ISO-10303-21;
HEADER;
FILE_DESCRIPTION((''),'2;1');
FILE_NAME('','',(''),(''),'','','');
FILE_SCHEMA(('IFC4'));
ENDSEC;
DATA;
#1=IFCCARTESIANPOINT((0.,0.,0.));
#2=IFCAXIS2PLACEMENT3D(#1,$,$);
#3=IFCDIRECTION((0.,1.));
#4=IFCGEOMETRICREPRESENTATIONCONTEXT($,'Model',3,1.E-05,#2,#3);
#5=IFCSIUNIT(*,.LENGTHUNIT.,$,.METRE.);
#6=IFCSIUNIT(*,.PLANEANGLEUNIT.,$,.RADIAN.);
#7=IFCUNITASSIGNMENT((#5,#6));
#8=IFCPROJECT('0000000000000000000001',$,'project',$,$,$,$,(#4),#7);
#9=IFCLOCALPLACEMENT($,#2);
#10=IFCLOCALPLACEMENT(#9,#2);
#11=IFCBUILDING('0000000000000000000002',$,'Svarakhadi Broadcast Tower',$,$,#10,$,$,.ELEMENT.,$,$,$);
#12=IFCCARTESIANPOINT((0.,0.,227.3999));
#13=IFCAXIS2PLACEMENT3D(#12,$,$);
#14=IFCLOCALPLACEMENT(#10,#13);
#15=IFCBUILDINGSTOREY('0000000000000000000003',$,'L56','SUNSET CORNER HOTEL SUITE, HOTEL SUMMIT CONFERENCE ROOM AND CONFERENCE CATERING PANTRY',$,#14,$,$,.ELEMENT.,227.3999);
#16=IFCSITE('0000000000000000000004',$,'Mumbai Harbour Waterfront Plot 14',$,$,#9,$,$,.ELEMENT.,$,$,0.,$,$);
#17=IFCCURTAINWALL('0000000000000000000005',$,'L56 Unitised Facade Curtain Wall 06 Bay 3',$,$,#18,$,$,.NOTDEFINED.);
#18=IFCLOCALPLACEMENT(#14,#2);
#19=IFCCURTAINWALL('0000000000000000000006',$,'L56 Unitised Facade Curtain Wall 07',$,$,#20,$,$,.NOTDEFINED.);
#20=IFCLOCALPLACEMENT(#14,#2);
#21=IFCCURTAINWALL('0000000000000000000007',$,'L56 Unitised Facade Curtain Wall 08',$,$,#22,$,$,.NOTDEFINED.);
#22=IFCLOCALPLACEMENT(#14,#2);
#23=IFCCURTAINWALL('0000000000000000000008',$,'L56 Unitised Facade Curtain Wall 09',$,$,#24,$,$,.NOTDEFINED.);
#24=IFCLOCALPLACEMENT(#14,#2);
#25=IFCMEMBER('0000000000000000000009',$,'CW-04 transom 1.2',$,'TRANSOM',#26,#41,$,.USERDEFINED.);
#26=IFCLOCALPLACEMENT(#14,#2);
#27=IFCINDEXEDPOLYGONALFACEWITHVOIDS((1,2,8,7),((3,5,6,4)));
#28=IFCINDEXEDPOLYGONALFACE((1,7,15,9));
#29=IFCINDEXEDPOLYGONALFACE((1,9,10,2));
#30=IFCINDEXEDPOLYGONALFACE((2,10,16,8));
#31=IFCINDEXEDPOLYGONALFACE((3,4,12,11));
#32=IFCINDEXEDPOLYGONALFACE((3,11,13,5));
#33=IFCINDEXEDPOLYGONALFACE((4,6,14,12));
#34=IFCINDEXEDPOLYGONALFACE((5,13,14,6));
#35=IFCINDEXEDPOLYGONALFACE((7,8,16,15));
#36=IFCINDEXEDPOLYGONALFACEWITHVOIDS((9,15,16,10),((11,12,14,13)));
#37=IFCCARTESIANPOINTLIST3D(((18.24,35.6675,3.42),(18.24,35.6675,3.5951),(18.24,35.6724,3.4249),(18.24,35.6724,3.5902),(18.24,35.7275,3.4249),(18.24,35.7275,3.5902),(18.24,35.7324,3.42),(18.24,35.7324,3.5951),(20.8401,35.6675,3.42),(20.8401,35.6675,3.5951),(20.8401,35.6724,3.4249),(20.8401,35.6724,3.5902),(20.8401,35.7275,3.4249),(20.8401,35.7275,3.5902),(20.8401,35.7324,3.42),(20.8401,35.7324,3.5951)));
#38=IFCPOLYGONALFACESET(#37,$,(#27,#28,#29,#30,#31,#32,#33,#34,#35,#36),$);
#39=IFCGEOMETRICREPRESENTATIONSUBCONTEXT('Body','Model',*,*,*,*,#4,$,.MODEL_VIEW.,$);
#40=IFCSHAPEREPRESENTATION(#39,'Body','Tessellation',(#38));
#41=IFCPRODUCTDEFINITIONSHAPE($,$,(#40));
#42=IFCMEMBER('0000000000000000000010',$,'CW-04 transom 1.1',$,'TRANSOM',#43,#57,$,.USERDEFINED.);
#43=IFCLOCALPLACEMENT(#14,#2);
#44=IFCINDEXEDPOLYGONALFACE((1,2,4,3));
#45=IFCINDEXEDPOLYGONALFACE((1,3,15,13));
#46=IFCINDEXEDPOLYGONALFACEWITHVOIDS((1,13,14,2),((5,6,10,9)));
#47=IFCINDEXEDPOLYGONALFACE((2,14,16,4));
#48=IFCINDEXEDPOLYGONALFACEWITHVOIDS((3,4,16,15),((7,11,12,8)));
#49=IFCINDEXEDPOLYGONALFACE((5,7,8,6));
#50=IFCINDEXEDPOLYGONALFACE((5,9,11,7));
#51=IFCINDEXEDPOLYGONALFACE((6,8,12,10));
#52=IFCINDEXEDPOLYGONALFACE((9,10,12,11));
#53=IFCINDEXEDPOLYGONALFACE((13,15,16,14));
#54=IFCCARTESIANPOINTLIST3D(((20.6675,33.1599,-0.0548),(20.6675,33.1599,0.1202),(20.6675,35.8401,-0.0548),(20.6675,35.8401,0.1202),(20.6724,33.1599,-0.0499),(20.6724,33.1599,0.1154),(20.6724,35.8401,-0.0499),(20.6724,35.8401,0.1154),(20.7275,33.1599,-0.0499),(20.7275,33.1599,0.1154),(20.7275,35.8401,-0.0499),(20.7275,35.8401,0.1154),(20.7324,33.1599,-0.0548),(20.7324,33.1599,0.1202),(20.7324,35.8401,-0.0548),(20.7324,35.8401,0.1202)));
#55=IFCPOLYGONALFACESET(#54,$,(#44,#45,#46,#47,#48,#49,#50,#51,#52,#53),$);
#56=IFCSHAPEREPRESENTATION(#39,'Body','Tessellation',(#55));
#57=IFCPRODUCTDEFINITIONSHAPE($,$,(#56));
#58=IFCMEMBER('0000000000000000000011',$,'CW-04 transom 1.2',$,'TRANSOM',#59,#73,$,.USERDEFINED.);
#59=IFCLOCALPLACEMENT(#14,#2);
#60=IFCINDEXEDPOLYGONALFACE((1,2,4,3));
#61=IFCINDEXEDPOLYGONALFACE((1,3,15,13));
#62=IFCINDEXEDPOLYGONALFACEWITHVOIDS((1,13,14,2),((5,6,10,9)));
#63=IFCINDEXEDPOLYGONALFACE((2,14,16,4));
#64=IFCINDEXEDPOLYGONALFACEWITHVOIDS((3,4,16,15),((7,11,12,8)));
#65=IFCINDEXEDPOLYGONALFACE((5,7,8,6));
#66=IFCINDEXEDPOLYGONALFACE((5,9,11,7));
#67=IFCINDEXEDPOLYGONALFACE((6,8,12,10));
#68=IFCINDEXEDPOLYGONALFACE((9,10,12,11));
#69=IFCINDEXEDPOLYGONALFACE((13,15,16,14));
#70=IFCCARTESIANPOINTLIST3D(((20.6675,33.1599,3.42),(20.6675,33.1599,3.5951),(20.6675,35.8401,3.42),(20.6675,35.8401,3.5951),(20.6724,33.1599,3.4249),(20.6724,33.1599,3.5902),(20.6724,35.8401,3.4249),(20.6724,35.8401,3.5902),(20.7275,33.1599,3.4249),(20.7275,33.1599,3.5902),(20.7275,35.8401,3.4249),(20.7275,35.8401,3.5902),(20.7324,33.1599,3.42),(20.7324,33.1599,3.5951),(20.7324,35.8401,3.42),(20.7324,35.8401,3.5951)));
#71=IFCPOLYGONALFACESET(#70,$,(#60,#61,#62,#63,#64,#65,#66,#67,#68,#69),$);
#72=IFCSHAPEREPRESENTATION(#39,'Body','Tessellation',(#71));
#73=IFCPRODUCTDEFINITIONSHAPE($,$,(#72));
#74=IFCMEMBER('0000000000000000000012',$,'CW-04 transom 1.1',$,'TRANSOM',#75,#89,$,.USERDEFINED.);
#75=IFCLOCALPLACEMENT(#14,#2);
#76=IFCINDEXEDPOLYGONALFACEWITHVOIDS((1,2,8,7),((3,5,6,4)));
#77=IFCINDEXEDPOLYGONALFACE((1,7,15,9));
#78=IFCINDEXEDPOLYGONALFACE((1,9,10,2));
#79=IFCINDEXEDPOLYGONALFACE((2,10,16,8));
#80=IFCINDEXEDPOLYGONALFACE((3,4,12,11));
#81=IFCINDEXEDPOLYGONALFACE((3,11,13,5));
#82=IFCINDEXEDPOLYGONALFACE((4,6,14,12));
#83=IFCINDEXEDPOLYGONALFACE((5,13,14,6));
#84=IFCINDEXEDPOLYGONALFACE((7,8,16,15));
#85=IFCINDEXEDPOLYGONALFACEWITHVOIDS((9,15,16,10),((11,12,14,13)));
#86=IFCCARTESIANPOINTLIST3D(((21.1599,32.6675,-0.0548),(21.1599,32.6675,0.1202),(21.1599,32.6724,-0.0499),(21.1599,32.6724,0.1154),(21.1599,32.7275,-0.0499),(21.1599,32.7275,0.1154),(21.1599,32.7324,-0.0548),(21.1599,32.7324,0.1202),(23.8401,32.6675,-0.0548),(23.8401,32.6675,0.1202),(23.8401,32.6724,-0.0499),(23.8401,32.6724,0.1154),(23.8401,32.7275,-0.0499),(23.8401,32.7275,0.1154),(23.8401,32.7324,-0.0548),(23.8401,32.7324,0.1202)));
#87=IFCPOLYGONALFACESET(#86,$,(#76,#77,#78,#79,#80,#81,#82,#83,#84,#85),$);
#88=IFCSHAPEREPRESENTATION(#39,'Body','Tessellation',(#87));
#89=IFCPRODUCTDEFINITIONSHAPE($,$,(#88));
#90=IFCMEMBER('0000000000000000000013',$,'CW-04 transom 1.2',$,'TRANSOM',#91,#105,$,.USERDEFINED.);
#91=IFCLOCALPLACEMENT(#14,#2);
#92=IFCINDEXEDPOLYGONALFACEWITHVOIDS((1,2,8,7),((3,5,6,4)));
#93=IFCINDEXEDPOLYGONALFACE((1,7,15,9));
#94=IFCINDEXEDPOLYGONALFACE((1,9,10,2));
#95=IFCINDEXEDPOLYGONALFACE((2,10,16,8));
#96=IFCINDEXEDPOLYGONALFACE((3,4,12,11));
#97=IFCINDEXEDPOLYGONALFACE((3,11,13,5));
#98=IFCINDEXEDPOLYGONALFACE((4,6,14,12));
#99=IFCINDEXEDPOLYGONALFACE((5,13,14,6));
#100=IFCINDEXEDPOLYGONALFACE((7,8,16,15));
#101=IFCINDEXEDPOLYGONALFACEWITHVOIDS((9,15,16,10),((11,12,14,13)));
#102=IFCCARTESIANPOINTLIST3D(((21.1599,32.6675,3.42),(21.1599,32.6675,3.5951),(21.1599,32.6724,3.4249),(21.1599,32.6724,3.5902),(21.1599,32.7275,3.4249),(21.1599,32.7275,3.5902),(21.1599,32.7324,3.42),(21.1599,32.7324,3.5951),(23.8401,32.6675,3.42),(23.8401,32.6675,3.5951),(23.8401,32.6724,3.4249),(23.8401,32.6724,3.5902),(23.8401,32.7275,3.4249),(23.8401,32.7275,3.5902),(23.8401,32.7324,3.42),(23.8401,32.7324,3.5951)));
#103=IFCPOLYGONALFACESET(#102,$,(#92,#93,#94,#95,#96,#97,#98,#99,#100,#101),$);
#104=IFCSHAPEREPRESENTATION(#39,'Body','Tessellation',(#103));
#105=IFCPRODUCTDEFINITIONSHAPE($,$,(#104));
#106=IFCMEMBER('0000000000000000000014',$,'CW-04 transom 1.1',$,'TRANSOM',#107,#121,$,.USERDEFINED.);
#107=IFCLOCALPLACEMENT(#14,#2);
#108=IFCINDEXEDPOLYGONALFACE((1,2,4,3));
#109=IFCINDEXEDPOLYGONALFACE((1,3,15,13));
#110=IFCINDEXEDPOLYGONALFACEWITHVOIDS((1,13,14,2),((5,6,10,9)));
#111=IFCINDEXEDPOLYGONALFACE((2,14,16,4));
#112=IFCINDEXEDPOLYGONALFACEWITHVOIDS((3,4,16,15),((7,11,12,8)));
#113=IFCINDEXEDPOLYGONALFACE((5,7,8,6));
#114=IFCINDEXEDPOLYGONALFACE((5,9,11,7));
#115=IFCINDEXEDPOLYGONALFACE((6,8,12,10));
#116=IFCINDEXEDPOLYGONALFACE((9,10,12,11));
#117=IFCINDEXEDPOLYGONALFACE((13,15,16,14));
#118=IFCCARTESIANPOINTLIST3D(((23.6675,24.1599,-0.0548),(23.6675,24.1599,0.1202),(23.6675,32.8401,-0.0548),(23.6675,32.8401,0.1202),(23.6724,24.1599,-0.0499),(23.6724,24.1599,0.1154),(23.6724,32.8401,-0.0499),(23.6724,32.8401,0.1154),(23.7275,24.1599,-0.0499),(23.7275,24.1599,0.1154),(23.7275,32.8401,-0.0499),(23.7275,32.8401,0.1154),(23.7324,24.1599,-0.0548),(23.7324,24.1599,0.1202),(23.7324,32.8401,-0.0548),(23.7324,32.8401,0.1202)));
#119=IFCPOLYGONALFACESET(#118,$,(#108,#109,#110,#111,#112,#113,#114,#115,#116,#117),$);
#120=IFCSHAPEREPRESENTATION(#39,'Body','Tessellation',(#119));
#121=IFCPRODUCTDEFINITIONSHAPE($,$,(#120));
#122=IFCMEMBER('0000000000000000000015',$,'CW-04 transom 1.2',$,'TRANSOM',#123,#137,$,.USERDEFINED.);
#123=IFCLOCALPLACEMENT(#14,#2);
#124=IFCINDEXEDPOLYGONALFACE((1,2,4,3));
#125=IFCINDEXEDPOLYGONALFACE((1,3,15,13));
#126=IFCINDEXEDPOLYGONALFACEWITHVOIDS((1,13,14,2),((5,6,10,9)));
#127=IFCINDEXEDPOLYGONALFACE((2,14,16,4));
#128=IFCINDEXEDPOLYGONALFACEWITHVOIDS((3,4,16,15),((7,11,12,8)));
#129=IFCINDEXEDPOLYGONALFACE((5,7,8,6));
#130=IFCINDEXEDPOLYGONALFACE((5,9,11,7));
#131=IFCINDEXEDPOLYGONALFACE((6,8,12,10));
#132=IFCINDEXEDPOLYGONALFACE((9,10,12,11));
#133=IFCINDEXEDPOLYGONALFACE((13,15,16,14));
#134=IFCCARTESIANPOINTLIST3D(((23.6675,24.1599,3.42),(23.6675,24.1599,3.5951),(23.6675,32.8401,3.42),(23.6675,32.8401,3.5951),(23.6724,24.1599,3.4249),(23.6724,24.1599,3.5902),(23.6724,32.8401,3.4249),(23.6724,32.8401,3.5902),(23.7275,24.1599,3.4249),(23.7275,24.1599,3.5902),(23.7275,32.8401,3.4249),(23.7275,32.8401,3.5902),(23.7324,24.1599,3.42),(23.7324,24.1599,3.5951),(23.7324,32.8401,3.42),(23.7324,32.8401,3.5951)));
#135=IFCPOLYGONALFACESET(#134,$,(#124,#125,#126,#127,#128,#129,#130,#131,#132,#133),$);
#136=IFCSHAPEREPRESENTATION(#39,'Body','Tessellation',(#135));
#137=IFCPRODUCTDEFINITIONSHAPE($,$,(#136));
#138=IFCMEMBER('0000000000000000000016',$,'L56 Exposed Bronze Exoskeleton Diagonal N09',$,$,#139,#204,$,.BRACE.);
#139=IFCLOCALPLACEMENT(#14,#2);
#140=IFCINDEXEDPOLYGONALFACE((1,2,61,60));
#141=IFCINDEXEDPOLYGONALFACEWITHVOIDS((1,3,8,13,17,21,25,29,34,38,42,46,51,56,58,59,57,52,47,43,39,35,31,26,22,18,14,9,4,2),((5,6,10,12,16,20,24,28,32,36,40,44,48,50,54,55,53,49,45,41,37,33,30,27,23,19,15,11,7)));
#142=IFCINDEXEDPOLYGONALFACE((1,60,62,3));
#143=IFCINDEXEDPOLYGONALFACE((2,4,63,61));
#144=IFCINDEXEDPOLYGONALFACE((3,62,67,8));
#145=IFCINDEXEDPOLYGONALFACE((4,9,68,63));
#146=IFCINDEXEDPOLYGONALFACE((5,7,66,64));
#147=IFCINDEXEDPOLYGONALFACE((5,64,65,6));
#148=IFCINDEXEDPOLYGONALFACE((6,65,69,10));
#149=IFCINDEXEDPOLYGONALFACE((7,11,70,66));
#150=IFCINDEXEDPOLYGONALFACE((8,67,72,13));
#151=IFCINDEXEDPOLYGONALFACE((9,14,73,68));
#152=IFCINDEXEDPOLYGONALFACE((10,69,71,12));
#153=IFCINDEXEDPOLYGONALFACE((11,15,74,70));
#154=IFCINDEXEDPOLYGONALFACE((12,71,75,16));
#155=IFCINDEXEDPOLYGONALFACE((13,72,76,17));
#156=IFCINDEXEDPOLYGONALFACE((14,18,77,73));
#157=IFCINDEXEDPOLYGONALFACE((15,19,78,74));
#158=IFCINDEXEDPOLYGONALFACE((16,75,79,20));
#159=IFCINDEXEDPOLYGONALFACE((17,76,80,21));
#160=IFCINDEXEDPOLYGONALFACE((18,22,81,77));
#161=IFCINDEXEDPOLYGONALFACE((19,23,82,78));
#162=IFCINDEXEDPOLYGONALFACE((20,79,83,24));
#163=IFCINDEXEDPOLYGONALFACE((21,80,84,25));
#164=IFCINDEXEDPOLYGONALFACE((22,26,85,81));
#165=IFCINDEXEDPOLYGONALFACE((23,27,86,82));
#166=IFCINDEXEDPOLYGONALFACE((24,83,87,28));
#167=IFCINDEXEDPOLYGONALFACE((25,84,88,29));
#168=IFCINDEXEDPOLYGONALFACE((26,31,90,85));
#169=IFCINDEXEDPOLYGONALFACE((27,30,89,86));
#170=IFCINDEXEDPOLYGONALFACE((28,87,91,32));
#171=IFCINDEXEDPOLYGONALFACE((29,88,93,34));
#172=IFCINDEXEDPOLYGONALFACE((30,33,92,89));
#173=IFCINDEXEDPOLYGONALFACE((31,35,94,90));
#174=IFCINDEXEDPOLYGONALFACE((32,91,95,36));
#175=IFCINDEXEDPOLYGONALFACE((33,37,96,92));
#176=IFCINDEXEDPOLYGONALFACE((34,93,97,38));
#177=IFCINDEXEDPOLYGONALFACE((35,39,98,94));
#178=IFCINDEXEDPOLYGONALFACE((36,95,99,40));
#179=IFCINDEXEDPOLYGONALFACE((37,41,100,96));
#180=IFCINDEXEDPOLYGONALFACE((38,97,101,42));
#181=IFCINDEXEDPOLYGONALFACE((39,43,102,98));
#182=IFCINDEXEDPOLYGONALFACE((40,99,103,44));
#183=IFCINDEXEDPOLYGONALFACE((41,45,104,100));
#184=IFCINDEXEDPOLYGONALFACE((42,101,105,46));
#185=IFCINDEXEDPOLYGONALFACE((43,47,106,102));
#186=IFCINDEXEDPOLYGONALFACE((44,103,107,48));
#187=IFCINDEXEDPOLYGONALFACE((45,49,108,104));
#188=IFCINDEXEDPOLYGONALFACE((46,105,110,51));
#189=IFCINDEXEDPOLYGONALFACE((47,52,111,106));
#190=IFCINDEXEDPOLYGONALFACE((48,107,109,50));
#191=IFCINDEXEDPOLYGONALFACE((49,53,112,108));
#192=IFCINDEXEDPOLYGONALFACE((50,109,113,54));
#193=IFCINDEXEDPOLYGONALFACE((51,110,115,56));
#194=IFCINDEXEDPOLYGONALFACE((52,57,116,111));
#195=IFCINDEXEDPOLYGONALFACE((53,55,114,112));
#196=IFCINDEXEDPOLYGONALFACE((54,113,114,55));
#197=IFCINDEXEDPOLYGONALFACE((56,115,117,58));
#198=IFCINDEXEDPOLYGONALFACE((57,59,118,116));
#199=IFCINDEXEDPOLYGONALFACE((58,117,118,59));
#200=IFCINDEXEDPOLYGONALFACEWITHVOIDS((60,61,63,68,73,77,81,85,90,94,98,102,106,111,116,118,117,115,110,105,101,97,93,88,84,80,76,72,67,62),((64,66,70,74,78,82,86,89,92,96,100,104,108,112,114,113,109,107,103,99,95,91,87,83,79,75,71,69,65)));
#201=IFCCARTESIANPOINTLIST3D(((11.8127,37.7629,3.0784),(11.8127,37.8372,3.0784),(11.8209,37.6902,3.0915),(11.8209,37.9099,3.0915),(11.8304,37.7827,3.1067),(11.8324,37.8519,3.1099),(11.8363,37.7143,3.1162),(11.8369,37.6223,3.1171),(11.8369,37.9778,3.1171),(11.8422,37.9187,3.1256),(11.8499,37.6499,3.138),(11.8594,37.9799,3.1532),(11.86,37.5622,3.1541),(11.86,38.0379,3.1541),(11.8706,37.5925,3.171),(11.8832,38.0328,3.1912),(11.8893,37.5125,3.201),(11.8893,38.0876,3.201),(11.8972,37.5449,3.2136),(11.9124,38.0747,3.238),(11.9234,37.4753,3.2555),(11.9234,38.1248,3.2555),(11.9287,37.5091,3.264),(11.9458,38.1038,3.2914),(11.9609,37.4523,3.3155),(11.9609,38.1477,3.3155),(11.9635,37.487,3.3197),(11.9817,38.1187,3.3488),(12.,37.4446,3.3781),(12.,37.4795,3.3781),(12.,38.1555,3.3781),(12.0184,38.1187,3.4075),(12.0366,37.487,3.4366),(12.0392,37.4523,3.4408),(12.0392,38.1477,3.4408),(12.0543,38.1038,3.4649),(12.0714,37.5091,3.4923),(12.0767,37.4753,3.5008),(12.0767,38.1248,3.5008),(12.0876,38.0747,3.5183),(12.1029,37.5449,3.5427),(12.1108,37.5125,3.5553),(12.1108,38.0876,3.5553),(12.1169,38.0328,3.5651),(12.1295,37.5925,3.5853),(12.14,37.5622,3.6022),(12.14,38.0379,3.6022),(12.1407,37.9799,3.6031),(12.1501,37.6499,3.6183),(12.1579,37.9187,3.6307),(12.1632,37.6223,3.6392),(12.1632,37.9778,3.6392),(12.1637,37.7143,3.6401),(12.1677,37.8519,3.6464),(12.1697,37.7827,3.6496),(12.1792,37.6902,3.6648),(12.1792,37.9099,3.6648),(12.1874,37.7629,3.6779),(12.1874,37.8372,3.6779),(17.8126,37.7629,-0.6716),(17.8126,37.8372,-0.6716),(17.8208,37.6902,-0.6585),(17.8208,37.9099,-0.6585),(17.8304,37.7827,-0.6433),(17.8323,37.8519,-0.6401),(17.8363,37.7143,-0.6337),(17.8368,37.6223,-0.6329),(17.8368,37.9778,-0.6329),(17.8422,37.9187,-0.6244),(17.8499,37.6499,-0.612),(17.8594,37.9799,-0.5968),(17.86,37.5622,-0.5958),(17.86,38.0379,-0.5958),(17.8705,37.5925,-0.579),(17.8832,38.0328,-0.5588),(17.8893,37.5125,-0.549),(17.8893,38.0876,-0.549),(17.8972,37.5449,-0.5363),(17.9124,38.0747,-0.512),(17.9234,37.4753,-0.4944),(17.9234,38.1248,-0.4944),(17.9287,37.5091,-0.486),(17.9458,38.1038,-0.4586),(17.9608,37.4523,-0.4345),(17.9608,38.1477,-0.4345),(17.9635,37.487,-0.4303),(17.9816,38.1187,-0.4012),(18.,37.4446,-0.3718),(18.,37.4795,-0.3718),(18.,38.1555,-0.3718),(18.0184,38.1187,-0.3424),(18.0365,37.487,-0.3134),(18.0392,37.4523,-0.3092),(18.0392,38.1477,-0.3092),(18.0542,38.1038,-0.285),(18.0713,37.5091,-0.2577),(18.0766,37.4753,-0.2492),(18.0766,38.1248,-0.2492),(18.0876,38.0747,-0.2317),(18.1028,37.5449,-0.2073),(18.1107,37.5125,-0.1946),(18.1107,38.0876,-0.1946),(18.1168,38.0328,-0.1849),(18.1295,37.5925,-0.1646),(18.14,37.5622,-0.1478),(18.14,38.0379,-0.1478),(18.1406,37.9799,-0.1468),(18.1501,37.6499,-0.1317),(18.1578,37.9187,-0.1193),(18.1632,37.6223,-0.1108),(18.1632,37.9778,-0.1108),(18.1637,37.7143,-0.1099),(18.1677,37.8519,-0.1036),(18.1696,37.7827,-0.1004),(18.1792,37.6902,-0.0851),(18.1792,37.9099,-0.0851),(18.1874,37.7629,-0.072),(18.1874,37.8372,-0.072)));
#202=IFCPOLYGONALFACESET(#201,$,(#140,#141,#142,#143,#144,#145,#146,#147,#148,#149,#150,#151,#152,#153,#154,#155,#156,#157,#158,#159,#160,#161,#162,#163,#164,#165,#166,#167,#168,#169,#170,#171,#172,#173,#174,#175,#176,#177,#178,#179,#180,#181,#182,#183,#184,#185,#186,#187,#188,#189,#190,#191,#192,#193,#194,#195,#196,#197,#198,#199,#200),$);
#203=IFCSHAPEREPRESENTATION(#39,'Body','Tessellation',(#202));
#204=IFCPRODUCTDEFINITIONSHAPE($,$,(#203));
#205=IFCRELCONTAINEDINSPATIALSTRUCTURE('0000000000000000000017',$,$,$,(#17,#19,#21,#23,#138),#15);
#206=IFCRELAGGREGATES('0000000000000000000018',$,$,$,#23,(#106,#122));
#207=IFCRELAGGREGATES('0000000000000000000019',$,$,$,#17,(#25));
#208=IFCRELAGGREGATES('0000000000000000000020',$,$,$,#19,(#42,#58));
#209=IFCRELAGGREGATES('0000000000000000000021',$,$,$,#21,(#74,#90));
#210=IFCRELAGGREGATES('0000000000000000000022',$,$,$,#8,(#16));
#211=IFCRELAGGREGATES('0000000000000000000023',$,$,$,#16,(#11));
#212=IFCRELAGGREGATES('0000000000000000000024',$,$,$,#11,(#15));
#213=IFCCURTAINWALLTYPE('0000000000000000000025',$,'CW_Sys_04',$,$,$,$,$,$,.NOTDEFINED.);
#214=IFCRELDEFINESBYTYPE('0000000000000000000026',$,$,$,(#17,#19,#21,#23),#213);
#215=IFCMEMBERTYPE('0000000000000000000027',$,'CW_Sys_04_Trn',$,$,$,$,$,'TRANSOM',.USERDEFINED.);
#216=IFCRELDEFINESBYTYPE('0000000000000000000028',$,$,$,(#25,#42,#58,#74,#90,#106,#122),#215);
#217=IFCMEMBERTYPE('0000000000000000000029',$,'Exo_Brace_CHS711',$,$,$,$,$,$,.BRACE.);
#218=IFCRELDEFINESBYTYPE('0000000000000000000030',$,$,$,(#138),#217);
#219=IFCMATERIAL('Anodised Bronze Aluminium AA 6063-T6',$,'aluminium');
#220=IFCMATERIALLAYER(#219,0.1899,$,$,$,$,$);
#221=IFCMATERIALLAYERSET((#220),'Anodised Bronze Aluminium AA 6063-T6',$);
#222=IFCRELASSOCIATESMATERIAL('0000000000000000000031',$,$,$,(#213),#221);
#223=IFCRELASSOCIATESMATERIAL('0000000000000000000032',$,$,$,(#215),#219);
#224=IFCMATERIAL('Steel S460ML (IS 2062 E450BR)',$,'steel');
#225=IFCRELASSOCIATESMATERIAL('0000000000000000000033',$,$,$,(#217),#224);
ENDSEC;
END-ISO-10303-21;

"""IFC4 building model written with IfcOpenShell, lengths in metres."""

from ifc_helpers import new_model, si_unit, direction, frame, origin, origin_2d, place, context, subcontext, project, spatial, hollow_rectangle, hollow_circle, extrude, material, layer, layer_set, material_profile, profile_set, type_object, element, aggregate, save


model = new_model("IFC4")

# Units and contexts
model_context = context("Model", 3, precision=1e-05, world=origin(), true_north=direction((0.0, 1.0)))
body_context = subcontext(model_context, "Body", "Model", "MODEL_VIEW")
ifc_project = project(units=[si_unit("LENGTHUNIT", "METRE"), si_unit("PLANEANGLEUNIT", "RADIAN")], contexts=[model_context])

# Site, building, storey
site_placement = place(None, origin())
site = spatial("IfcSite", under=ifc_project, at=site_placement, Name="Mumbai Harbour Waterfront Plot 14", CompositionType="ELEMENT", RefElevation=0.0)
building_placement = place(site_placement, origin())
building = spatial("IfcBuilding", under=site, at=building_placement, Name="Svarakhadi Broadcast Tower", CompositionType="ELEMENT")
storey_placement = place(building_placement, frame((0.0, 0.0, 227.3999)))
storey = spatial("IfcBuildingStorey", under=building, at=storey_placement, Name="L56", Description="SUNSET CORNER HOTEL SUITE, HOTEL SUMMIT CONFERENCE ROOM AND CONFERENCE CATERING PANTRY", CompositionType="ELEMENT", Elevation=227.3999)

# Shared definitions
ifc_material_1 = material(Name="Steel S460ML (IS 2062 E450BR)", Category="steel")

# Curtain walls
ifc_material_2 = material(Name="Anodised Bronze Aluminium AA 6063-T6", Category="aluminium")
ifc_layer_1 = layer(ifc_material_2, 0.1899)
ifc_layer_set_1 = layer_set([ifc_layer_1], Name="Anodised Bronze Aluminium AA 6063-T6")
curtain_wall_type = type_object("IfcCurtainWallType", Name="CW_Sys_04", PredefinedType="NOTDEFINED", material=ifc_layer_set_1)
curtain_wall_1_placement = place(storey_placement, origin())
curtain_wall_1 = element("IfcCurtainWall", 1, at=curtain_wall_1_placement, inside=storey, type_object=curtain_wall_type, Name="L56 Unitised Facade Curtain Wall 06 Bay 3", PredefinedType="NOTDEFINED")
curtain_wall_2_placement = place(storey_placement, origin())
curtain_wall_2 = element("IfcCurtainWall", 2, at=curtain_wall_2_placement, inside=storey, type_object=curtain_wall_type, Name="L56 Unitised Facade Curtain Wall 07", PredefinedType="NOTDEFINED")
curtain_wall_3_placement = place(storey_placement, origin())
curtain_wall_3 = element("IfcCurtainWall", 3, at=curtain_wall_3_placement, inside=storey, type_object=curtain_wall_type, Name="L56 Unitised Facade Curtain Wall 08", PredefinedType="NOTDEFINED")

# Curtain wall
curtain_wall_4_placement = place(storey_placement, origin())
curtain_wall_4 = element("IfcCurtainWall", 4, at=curtain_wall_4_placement, inside=storey, type_object=curtain_wall_type, Name="L56 Unitised Facade Curtain Wall 09", PredefinedType="NOTDEFINED")

# Members
ifc_material_profile_1 = material_profile(ifc_material_2, hollow_rectangle(XDim=0.0649, YDim=0.175, WallThickness=0.0049, at=origin_2d()), Name="ALU TRANSOM 175x65x5")
ifc_profile_set_1 = profile_set([ifc_material_profile_1], Name="Anodised Bronze Aluminium AA 6063-T6")
member_type_1 = type_object("IfcMemberType", Name="CW_Sys_04_Trn", ElementType="TRANSOM", PredefinedType="USERDEFINED", material=ifc_profile_set_1)
member_1_placement = place(storey_placement, frame((18.24, 35.7, 3.5076), z_axis=(1.0, 0.0, 0.0), x_axis=(0.0, 1.0, 0.0)))
member_1 = element("IfcMember", 5, at=member_1_placement, type_object=member_type_1, Name="CW-04 transom 1.2", ObjectType="TRANSOM", PredefinedType="USERDEFINED", context=body_context, shape_type="SweptSolid", body=[
    extrude(hollow_rectangle(XDim=0.0649, YDim=0.175, WallThickness=0.0049, at=origin_2d()), origin(), (0.0, 0.0, 1.0), 2.6001),
])
member_2_placement = place(storey_placement, frame((20.7, 35.8401, 0.0327), z_axis=(0.0, -1.0, 0.0), x_axis=(1.0, 0.0, 0.0)))
member_2 = element("IfcMember", 6, at=member_2_placement, type_object=member_type_1, Name="CW-04 transom 1.1", ObjectType="TRANSOM", PredefinedType="USERDEFINED", context=body_context, shape_type="SweptSolid", body=[
    extrude(hollow_rectangle(XDim=0.0649, YDim=0.175, WallThickness=0.0049, at=origin_2d()), origin(), (0.0, 0.0, 1.0), 2.6802),
])
member_3_placement = place(storey_placement, frame((20.7, 35.8401, 3.5076), z_axis=(0.0, -1.0, 0.0), x_axis=(1.0, 0.0, 0.0)))
member_3 = element("IfcMember", 7, at=member_3_placement, type_object=member_type_1, Name="CW-04 transom 1.2", ObjectType="TRANSOM", PredefinedType="USERDEFINED", context=body_context, shape_type="SweptSolid", body=[
    extrude(hollow_rectangle(XDim=0.0649, YDim=0.175, WallThickness=0.0049, at=origin_2d()), origin(), (0.0, 0.0, 1.0), 2.6802),
])
member_4_placement = place(storey_placement, frame((21.1599, 32.7, 0.0327), z_axis=(1.0, 0.0, 0.0), x_axis=(0.0, 1.0, 0.0)))
member_4 = element("IfcMember", 8, at=member_4_placement, type_object=member_type_1, Name="CW-04 transom 1.1", ObjectType="TRANSOM", PredefinedType="USERDEFINED", context=body_context, shape_type="SweptSolid", body=[
    extrude(hollow_rectangle(XDim=0.0649, YDim=0.175, WallThickness=0.0049, at=origin_2d()), origin(), (0.0, 0.0, 1.0), 2.6802),
])
member_5_placement = place(storey_placement, frame((21.1599, 32.7, 3.5076), z_axis=(1.0, 0.0, 0.0), x_axis=(0.0, 1.0, 0.0)))
member_5 = element("IfcMember", 9, at=member_5_placement, type_object=member_type_1, Name="CW-04 transom 1.2", ObjectType="TRANSOM", PredefinedType="USERDEFINED", context=body_context, shape_type="SweptSolid", body=[
    extrude(hollow_rectangle(XDim=0.0649, YDim=0.175, WallThickness=0.0049, at=origin_2d()), origin(), (0.0, 0.0, 1.0), 2.6802),
])
member_6_placement = place(storey_placement, frame((23.7, 32.8401, 0.0327), z_axis=(0.0, -1.0, 0.0), x_axis=(1.0, 0.0, 0.0)))
member_6 = element("IfcMember", 10, at=member_6_placement, type_object=member_type_1, Name="CW-04 transom 1.1", ObjectType="TRANSOM", PredefinedType="USERDEFINED", context=body_context, shape_type="SweptSolid", body=[
    extrude(hollow_rectangle(XDim=0.0649, YDim=0.175, WallThickness=0.0049, at=origin_2d()), origin(), (0.0, 0.0, 1.0), 8.6802),
])
member_7_placement = place(storey_placement, frame((23.7, 32.8401, 3.5076), z_axis=(0.0, -1.0, 0.0), x_axis=(1.0, 0.0, 0.0)))
member_7 = element("IfcMember", 11, at=member_7_placement, type_object=member_type_1, Name="CW-04 transom 1.2", ObjectType="TRANSOM", PredefinedType="USERDEFINED", context=body_context, shape_type="SweptSolid", body=[
    extrude(hollow_rectangle(XDim=0.0649, YDim=0.175, WallThickness=0.0049, at=origin_2d()), origin(), (0.0, 0.0, 1.0), 8.6802),
])
aggregate(curtain_wall_4, [member_6, member_7])

# Member
ifc_material_profile_2 = material_profile(ifc_material_1, hollow_circle(Radius=0.3555, WallThickness=0.0349, at=origin_2d()), Name="CHS 711x35")
ifc_profile_set_2 = profile_set([ifc_material_profile_2], Name="Steel S460ML (IS 2062 E450BR)")
member_type_2 = type_object("IfcMemberType", Name="Exo_Brace_CHS711", PredefinedType="BRACE", material=ifc_profile_set_2)
member_8_placement = place(storey_placement, frame((18.0, 37.8, -0.3718), z_axis=(-0.847998, 0.0, 0.529999), x_axis=(0.0, -1.0, 0.0)))
element("IfcMember", 12, at=member_8_placement, inside=storey, type_object=member_type_2, Name="L56 Exposed Bronze Exoskeleton Diagonal N09", PredefinedType="BRACE", context=body_context, shape_type="SweptSolid", body=[
    extrude(hollow_circle(Radius=0.3555, WallThickness=0.0349, at=origin_2d()), origin(), (0.0, 0.0, 1.0), 7.0754),
])

aggregate(curtain_wall_1, [member_1])
aggregate(curtain_wall_2, [member_2, member_3])
aggregate(curtain_wall_3, [member_4, member_5])

save(model, "model.ifc")
